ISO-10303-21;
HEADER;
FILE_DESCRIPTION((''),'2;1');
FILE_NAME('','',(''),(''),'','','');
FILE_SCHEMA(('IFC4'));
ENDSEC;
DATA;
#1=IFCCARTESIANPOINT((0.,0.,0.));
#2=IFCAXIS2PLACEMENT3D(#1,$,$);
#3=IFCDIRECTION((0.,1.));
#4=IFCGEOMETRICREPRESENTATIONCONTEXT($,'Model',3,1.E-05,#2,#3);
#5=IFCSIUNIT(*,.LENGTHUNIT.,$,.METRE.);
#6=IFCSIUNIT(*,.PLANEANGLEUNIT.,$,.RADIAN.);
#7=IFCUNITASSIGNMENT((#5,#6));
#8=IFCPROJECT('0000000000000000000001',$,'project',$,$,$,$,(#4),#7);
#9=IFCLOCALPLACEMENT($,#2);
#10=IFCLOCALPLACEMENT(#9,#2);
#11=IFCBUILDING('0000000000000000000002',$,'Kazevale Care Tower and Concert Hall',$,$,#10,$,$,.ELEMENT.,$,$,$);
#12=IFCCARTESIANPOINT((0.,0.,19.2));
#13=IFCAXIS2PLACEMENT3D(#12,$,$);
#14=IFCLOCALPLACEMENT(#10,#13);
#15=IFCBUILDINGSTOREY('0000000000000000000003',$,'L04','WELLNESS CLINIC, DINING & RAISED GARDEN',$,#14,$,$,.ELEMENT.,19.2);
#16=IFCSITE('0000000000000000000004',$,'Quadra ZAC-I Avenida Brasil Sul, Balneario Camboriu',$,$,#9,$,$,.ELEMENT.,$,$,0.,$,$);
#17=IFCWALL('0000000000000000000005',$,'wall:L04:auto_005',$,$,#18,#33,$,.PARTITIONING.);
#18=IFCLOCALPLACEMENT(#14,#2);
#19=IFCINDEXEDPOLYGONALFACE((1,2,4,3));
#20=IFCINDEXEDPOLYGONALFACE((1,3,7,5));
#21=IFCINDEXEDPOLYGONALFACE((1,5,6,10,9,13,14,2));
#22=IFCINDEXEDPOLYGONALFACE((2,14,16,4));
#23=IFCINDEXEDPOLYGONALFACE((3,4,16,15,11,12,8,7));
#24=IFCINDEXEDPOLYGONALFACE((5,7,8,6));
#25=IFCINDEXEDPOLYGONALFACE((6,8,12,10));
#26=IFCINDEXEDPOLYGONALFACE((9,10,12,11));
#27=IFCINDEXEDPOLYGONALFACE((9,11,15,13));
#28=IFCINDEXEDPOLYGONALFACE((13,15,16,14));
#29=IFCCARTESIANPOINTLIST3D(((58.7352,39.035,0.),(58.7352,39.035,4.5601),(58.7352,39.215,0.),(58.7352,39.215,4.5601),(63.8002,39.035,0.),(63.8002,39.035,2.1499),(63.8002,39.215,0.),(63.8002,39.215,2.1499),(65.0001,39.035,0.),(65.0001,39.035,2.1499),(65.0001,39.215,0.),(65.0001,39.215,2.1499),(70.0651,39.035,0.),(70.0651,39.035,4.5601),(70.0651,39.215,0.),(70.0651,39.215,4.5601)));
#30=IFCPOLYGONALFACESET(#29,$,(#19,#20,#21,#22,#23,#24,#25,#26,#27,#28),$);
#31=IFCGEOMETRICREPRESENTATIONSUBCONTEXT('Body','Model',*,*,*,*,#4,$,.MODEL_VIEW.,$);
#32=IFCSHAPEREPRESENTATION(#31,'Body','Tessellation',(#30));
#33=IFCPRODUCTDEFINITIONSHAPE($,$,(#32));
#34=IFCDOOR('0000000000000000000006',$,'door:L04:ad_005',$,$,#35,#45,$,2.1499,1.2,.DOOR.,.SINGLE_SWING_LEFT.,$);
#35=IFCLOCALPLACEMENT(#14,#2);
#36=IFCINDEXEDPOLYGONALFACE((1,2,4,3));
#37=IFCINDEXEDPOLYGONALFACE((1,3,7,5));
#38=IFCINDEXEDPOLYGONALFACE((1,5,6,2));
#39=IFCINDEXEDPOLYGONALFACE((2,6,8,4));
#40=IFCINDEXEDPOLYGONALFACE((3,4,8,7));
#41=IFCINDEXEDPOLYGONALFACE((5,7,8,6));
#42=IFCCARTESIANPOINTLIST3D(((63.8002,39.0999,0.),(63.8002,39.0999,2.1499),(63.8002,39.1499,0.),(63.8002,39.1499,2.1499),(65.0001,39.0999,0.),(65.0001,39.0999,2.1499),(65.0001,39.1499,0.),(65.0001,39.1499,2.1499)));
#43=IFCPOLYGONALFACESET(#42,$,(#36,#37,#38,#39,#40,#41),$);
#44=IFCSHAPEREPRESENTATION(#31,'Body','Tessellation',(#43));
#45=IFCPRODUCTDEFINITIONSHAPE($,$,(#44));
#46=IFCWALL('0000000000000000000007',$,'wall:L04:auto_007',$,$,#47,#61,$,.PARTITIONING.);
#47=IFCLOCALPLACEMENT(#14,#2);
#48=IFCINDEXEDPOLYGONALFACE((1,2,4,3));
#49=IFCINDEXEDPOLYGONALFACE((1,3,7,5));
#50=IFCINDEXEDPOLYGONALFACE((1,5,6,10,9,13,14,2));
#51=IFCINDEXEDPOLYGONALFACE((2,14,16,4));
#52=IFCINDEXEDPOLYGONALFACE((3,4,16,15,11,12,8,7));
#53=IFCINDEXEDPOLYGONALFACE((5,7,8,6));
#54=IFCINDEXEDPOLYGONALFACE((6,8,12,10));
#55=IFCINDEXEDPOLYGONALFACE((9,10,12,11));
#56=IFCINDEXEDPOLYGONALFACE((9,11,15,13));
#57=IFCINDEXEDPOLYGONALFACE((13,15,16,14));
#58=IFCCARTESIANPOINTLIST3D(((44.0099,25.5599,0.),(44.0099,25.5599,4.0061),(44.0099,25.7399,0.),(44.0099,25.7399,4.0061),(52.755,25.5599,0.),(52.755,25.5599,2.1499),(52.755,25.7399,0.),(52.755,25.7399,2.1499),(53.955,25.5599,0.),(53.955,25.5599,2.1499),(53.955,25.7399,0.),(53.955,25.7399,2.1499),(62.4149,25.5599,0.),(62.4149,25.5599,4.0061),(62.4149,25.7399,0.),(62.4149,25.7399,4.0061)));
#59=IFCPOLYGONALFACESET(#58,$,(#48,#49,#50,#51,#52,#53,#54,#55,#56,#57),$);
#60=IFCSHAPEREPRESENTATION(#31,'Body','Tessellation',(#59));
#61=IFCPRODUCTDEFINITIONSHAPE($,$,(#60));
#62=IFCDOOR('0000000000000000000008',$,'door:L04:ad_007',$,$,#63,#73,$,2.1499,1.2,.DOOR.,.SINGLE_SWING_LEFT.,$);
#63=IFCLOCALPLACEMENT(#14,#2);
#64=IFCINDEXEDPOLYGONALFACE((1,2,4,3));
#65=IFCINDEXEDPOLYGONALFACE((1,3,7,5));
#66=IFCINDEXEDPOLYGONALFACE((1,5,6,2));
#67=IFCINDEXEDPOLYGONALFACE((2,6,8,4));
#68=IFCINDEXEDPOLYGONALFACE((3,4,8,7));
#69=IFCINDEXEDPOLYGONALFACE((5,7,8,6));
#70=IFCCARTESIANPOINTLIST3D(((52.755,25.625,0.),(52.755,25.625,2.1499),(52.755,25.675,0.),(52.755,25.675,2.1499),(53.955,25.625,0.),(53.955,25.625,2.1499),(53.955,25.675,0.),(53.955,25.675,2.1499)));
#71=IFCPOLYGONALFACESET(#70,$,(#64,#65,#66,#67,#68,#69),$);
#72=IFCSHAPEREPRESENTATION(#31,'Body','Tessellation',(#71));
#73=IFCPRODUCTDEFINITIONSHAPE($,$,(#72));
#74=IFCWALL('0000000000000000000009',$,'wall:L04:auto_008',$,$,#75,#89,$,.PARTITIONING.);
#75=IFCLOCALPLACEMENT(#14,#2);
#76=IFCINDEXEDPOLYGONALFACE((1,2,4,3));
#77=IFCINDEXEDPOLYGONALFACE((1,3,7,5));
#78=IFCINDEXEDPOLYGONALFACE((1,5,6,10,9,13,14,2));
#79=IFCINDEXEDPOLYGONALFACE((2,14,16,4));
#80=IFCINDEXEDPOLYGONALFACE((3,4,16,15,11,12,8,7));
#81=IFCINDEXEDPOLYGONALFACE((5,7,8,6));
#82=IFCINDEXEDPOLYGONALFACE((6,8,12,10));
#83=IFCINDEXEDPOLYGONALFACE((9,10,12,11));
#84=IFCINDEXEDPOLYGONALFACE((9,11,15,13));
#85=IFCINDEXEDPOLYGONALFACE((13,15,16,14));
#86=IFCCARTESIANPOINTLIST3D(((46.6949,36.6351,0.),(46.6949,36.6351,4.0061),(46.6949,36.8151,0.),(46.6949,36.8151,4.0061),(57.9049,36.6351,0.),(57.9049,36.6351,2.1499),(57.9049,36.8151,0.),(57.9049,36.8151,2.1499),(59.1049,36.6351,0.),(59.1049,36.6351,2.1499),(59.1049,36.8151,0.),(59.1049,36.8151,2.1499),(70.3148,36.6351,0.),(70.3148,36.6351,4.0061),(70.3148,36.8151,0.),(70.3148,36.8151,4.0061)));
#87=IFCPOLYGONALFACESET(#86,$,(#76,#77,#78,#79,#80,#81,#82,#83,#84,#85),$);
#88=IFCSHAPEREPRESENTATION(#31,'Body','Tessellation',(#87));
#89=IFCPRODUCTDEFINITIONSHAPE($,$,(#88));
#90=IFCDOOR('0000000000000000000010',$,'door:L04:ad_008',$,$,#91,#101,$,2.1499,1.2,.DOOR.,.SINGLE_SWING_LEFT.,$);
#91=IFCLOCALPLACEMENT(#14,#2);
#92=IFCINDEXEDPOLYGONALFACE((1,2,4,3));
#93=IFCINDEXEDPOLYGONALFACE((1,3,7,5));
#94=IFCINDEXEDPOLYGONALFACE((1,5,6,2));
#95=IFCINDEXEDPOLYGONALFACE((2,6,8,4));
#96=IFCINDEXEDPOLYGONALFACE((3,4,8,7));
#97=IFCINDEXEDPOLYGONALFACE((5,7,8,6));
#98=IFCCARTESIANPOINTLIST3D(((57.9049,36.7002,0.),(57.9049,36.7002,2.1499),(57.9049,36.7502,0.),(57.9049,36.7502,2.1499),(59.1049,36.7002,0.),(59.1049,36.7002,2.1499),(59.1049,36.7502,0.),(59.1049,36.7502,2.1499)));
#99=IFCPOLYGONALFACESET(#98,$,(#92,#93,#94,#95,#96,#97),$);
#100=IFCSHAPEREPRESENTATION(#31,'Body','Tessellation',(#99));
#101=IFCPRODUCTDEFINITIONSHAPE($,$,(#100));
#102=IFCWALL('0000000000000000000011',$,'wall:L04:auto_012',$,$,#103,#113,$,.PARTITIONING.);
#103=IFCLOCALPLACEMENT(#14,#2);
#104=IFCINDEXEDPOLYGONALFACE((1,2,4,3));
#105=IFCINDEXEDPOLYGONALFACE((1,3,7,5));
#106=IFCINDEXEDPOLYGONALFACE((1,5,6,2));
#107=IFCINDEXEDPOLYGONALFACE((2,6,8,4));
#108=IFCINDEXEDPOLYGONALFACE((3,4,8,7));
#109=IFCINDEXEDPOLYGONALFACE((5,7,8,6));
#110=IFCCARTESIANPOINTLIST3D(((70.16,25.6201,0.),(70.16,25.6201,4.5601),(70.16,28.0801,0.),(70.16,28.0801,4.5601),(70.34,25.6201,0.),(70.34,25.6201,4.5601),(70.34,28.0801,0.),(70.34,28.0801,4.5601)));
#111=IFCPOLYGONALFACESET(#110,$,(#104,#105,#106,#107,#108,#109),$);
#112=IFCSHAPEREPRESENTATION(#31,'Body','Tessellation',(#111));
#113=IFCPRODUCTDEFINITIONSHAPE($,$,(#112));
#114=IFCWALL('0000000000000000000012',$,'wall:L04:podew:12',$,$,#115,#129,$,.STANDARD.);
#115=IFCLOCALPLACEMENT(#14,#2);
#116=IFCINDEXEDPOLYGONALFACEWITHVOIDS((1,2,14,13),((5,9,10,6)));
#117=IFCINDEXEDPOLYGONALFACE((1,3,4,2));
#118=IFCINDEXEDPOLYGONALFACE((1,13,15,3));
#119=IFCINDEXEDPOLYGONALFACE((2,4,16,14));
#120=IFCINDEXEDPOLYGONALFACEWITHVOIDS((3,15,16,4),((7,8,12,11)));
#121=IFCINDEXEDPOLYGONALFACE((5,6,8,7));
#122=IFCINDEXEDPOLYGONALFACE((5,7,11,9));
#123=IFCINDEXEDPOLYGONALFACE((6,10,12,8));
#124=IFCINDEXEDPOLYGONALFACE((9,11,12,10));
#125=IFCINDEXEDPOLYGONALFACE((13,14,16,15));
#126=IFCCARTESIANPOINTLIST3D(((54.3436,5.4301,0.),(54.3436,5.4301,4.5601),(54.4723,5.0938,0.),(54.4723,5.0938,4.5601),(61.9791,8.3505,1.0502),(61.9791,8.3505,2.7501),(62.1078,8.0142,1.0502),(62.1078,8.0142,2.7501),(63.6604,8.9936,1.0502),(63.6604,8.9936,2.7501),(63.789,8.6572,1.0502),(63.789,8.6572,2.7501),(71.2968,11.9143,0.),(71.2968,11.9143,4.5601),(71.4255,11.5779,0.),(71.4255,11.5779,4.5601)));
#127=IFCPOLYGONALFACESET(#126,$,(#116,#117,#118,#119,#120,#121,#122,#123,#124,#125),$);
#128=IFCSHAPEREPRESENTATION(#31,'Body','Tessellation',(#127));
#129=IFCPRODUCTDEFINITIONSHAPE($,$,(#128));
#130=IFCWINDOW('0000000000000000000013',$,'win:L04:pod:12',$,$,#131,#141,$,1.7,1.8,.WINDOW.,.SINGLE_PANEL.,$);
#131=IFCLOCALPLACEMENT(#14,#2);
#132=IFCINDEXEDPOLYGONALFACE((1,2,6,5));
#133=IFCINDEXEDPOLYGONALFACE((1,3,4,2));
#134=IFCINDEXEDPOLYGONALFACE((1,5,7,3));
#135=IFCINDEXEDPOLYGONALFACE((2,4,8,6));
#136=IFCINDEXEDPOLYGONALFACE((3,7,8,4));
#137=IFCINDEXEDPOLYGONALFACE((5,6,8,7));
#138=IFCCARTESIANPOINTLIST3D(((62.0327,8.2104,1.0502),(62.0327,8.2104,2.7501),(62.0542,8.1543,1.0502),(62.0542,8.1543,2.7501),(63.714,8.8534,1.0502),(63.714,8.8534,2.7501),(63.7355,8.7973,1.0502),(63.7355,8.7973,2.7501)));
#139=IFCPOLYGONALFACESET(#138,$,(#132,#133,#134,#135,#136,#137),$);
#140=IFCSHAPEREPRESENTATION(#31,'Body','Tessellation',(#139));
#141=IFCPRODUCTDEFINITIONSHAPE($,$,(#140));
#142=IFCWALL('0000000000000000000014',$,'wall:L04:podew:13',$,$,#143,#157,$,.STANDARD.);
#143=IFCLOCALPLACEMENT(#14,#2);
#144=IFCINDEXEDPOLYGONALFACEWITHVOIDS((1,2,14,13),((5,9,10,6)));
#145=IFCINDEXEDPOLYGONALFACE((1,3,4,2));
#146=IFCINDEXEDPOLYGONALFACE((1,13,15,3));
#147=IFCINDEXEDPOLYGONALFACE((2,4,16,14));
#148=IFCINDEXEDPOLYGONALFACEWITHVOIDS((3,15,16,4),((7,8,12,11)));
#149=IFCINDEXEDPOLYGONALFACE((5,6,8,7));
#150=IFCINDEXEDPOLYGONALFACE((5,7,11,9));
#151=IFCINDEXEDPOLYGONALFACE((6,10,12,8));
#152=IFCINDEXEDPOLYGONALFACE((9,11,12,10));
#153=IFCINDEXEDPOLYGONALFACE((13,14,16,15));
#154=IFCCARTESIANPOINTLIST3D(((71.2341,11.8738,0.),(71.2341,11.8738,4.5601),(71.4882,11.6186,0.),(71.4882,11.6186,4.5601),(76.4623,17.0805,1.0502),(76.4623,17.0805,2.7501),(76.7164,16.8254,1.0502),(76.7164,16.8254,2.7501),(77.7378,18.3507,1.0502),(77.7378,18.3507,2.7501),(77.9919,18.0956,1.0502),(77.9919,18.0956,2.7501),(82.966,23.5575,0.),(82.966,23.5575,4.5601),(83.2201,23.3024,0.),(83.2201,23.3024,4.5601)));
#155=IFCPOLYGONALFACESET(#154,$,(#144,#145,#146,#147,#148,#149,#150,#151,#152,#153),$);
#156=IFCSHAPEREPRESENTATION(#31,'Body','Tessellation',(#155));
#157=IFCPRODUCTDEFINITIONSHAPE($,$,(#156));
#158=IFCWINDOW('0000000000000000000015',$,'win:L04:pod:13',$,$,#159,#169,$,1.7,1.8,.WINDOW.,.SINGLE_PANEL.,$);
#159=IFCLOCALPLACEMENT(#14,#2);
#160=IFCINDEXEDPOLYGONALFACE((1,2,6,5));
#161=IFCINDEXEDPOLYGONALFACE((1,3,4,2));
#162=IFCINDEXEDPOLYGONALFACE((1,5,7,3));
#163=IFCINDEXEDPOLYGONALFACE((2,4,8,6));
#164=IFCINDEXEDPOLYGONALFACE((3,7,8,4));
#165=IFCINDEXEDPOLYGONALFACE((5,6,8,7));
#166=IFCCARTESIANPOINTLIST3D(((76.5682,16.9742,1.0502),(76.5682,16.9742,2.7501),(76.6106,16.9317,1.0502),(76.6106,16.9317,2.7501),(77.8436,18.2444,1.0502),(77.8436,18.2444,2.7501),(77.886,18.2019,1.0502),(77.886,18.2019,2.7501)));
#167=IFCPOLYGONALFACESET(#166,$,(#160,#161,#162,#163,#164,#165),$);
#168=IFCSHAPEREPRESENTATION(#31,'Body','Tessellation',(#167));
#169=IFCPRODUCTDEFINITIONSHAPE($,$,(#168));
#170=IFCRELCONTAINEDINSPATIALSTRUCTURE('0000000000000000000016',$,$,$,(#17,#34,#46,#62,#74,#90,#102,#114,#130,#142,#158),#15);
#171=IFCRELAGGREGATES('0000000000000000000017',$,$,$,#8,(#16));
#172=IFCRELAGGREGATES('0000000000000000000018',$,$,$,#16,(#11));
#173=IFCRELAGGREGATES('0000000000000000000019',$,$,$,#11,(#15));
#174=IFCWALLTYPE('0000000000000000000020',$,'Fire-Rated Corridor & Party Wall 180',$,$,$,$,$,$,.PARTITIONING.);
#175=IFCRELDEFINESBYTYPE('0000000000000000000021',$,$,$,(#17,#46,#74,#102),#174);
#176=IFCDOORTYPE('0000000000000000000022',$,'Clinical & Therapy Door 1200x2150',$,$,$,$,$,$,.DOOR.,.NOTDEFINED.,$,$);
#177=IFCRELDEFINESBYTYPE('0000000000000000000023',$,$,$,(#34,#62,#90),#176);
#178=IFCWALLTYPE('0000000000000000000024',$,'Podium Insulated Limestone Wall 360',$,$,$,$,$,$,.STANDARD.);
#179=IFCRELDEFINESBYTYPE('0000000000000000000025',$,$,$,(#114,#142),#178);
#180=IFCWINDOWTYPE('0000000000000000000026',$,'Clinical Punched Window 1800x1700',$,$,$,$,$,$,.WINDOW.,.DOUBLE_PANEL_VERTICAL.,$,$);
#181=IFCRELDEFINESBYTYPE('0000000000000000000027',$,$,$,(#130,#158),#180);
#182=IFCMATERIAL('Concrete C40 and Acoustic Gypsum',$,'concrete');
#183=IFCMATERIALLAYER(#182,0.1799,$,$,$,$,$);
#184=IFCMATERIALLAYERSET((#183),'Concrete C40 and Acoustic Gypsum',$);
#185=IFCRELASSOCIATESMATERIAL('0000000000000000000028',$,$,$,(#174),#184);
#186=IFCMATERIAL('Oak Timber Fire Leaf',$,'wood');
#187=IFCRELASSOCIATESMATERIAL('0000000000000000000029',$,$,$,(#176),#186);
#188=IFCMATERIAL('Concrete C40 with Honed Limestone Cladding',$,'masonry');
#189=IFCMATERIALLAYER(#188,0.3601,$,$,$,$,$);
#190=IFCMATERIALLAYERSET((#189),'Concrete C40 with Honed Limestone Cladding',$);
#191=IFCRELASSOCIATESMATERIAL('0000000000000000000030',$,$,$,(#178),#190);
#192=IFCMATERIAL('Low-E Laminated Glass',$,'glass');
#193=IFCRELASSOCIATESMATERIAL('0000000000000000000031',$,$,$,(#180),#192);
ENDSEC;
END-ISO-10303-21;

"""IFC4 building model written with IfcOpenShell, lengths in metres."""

from ifc_helpers import new_model, si_unit, direction, frame, frame_2d, origin, place, context, subcontext, project, spatial, rectangle, extrude, material, layer, layer_set, type_object, element, fill, save


model = new_model("IFC4")

# Units and contexts
model_context = context("Model", 3, precision=1e-05, world=origin(), true_north=direction((0.0, 1.0)))
body_context = subcontext(model_context, "Body", "Model", "MODEL_VIEW")
ifc_project = project(units=[si_unit("LENGTHUNIT", "METRE"), si_unit("PLANEANGLEUNIT", "RADIAN")], contexts=[model_context])

# Site, building, storey
site_placement = place(None, origin())
site = spatial("IfcSite", under=ifc_project, at=site_placement, Name="Quadra ZAC-I Avenida Brasil Sul, Balneario Camboriu", CompositionType="ELEMENT", RefElevation=0.0)
building_placement = place(site_placement, origin())
building = spatial("IfcBuilding", under=site, at=building_placement, Name="Kazevale Care Tower and Concert Hall", CompositionType="ELEMENT")
storey_placement = place(building_placement, frame((0.0, 0.0, 19.2)))
storey = spatial("IfcBuildingStorey", under=building, at=storey_placement, Name="L04", Description="WELLNESS CLINIC, DINING & RAISED GARDEN", CompositionType="ELEMENT", Elevation=19.2)

# Walls, openings, doors
ifc_material_1 = material(Name="Concrete C40 and Acoustic Gypsum", Category="concrete")
ifc_layer_1 = layer(ifc_material_1, 0.1799)
ifc_layer_set_1 = layer_set([ifc_layer_1], Name="Concrete C40 and Acoustic Gypsum")
wall_type_1 = type_object("IfcWallType", Name="Fire-Rated Corridor & Party Wall 180", PredefinedType="PARTITIONING", material=ifc_layer_set_1)
wall_1_placement = place(storey_placement, frame((58.7351, 39.125, 0.0), z_axis=(0.0, 0.0, 1.0), x_axis=(1.0, 0.0, 0.0)))
wall_1 = element("IfcWall", 1, at=wall_1_placement, inside=storey, type_object=wall_type_1, Name="wall:L04:auto_005", PredefinedType="PARTITIONING", context=body_context, shape_type="SweptSolid", body=[
    extrude(rectangle(XDim=11.3298, YDim=0.1799, at=frame_2d((5.665, 0.0))), origin(), (0.0, 0.0, 1.0), 4.5601),
])
opening_1_placement = place(wall_1_placement, frame((5.0649, 0.0, 0.0)))
opening_1 = element("IfcOpeningElement", 2, at=opening_1_placement, cuts=wall_1, PredefinedType="OPENING", context=body_context, shape_type="SweptSolid", body=[
    extrude(rectangle(XDim=1.2, YDim=2.1499, at=frame_2d((0.6001, 1.075))), frame((0.0, 0.0999, 0.0), z_axis=(0.0, -1.0, 0.0), x_axis=(1.0, 0.0, 0.0)), (0.0, 0.0, 1.0), 0.2),
])
ifc_material_2 = material(Name="Oak Timber Fire Leaf", Category="wood")
door_type_1 = type_object("IfcDoorType", Name="Clinical & Therapy Door 1200x2150", OperationType="NOTDEFINED", PredefinedType="DOOR", material=ifc_material_2)
door_1_placement = place(opening_1_placement, origin())
door_1 = element("IfcDoor", 3, at=door_1_placement, inside=storey, type_object=door_type_1, Name="door:L04:ad_005", OperationType="SINGLE_SWING_LEFT", OverallHeight=2.1499, OverallWidth=1.2, PredefinedType="DOOR", context=body_context, shape_type="SweptSolid", body=[
    extrude(rectangle(XDim=1.2, YDim=2.1499, at=frame_2d((0.6001, 1.075))), frame((0.0, 0.0249, 0.0), z_axis=(0.0, -1.0, 0.0), x_axis=(1.0, 0.0, 0.0)), (0.0, 0.0, 1.0), 0.05),
])
fill(opening_1, door_1)
wall_2_placement = place(storey_placement, frame((62.415, 25.6499, 0.0), z_axis=(0.0, 0.0, 1.0), x_axis=(-1.0, 0.0, 0.0)))
wall_2 = element("IfcWall", 4, at=wall_2_placement, inside=storey, type_object=wall_type_1, Name="wall:L04:auto_007", PredefinedType="PARTITIONING", context=body_context, shape_type="SweptSolid", body=[
    extrude(rectangle(XDim=18.405, YDim=0.1799, at=frame_2d((9.2026, 0.0))), origin(), (0.0, 0.0, 1.0), 4.0061),
])
opening_2_placement = place(wall_2_placement, frame((8.46, 0.0, 0.0)))
opening_2 = element("IfcOpeningElement", 5, at=opening_2_placement, cuts=wall_2, PredefinedType="OPENING", context=body_context, shape_type="SweptSolid", body=[
    extrude(rectangle(XDim=1.2, YDim=2.1499, at=frame_2d((0.6001, 1.075))), frame((0.0, 0.0999, 0.0), z_axis=(0.0, -1.0, 0.0), x_axis=(1.0, 0.0, 0.0)), (0.0, 0.0, 1.0), 0.2),
])
door_2_placement = place(opening_2_placement, origin())
door_2 = element("IfcDoor", 6, at=door_2_placement, inside=storey, type_object=door_type_1, Name="door:L04:ad_007", OperationType="SINGLE_SWING_LEFT", OverallHeight=2.1499, OverallWidth=1.2, PredefinedType="DOOR", context=body_context, shape_type="SweptSolid", body=[
    extrude(rectangle(XDim=1.2, YDim=2.1499, at=frame_2d((0.6001, 1.075))), frame((0.0, 0.0249, 0.0), z_axis=(0.0, -1.0, 0.0), x_axis=(1.0, 0.0, 0.0)), (0.0, 0.0, 1.0), 0.05),
])
fill(opening_2, door_2)
wall_3_placement = place(storey_placement, frame((70.3149, 36.7251, 0.0), z_axis=(0.0, 0.0, 1.0), x_axis=(-1.0, 0.0, 0.0)))
wall_3 = element("IfcWall", 7, at=wall_3_placement, inside=storey, type_object=wall_type_1, Name="wall:L04:auto_008", PredefinedType="PARTITIONING", context=body_context, shape_type="SweptSolid", body=[
    extrude(rectangle(XDim=23.6199, YDim=0.1799, at=frame_2d((11.8101, 0.0))), origin(), (0.0, 0.0, 1.0), 4.0061),
])
opening_3_placement = place(wall_3_placement, frame((11.21, 0.0, 0.0)))
opening_3 = element("IfcOpeningElement", 8, at=opening_3_placement, cuts=wall_3, PredefinedType="OPENING", context=body_context, shape_type="SweptSolid", body=[
    extrude(rectangle(XDim=1.2, YDim=2.1499, at=frame_2d((0.6001, 1.075))), frame((0.0, 0.0999, 0.0), z_axis=(0.0, -1.0, 0.0), x_axis=(1.0, 0.0, 0.0)), (0.0, 0.0, 1.0), 0.2),
])
door_3_placement = place(opening_3_placement, origin())
door_3 = element("IfcDoor", 9, at=door_3_placement, inside=storey, type_object=door_type_1, Name="door:L04:ad_008", OperationType="SINGLE_SWING_LEFT", OverallHeight=2.1499, OverallWidth=1.2, PredefinedType="DOOR", context=body_context, shape_type="SweptSolid", body=[
    extrude(rectangle(XDim=1.2, YDim=2.1499, at=frame_2d((0.6001, 1.075))), frame((0.0, 0.0249, 0.0), z_axis=(0.0, -1.0, 0.0), x_axis=(1.0, 0.0, 0.0)), (0.0, 0.0, 1.0), 0.05),
])
fill(opening_3, door_3)

# Wall
wall_4_placement = place(storey_placement, frame((70.25, 28.0801, 0.0), z_axis=(0.0, 0.0, 1.0), x_axis=(0.0, -1.0, 0.0)))
element("IfcWall", 10, at=wall_4_placement, inside=storey, type_object=wall_type_1, Name="wall:L04:auto_012", PredefinedType="PARTITIONING", context=body_context, shape_type="SweptSolid", body=[
    extrude(rectangle(XDim=2.46, YDim=0.1799, at=frame_2d((1.23, 0.0))), origin(), (0.0, 0.0, 1.0), 4.5601),
])

# Walls, openings, windows
ifc_material_3 = material(Name="Concrete C40 with Honed Limestone Cladding", Category="masonry")
ifc_layer_2 = layer(ifc_material_3, 0.3601)
ifc_layer_set_2 = layer_set([ifc_layer_2], Name="Concrete C40 with Honed Limestone Cladding")
wall_type_2 = type_object("IfcWallType", Name="Podium Insulated Limestone Wall 360", PredefinedType="STANDARD", material=ifc_layer_set_2)
wall_5_placement = place(storey_placement, frame((54.408, 5.262, 0.0), z_axis=(0.0, 0.0, 1.0), x_axis=(0.934014, 0.357236, 0.0)))
wall_5 = element("IfcWall", 11, at=wall_5_placement, inside=storey, type_object=wall_type_2, Name="wall:L04:podew:12", PredefinedType="STANDARD", context=body_context, shape_type="SweptSolid", body=[
    extrude(rectangle(XDim=18.1509, YDim=0.3601, at=frame_2d((9.0754, 0.0))), origin(), (0.0, 0.0, 1.0), 4.5601),
])
opening_4_placement = place(wall_5_placement, frame((8.175, 0.0, 1.05)))
opening_4 = element("IfcOpeningElement", 12, at=opening_4_placement, cuts=wall_5, PredefinedType="OPENING", context=body_context, shape_type="SweptSolid", body=[
    extrude(rectangle(XDim=1.8, YDim=1.7, at=frame_2d((0.8999, 0.8501))), frame((0.0, 0.1899, 0.0), z_axis=(0.0, -1.0, 0.0), x_axis=(1.0, 0.0, 0.0)), (0.0, 0.0, 1.0), 0.3801),
])
ifc_material_4 = material(Name="Low-E Laminated Glass", Category="glass")
window_type = type_object("IfcWindowType", Name="Clinical Punched Window 1800x1700", PartitioningType="DOUBLE_PANEL_VERTICAL", PredefinedType="WINDOW", material=ifc_material_4)
window_1_placement = place(opening_4_placement, origin())
window_1 = element("IfcWindow", 13, at=window_1_placement, inside=storey, type_object=window_type, Name="win:L04:pod:12", OverallHeight=1.7, OverallWidth=1.8, PartitioningType="SINGLE_PANEL", PredefinedType="WINDOW", context=body_context, shape_type="SweptSolid", body=[
    extrude(rectangle(XDim=1.8, YDim=1.7, at=frame_2d((0.8999, 0.8501))), frame((0.0, 0.03, 0.0), z_axis=(0.0, -1.0, 0.0), x_axis=(1.0, 0.0, 0.0)), (0.0, 0.0, 1.0), 0.0601),
])
fill(opening_4, window_1)
wall_6_placement = place(storey_placement, frame((71.3611, 11.7461, 0.0), z_axis=(0.0, 0.0, 1.0), x_axis=(0.708558, 0.705653, 0.0)))
wall_6 = element("IfcWall", 14, at=wall_6_placement, inside=storey, type_object=wall_type_2, Name="wall:L04:podew:13", PredefinedType="STANDARD", context=body_context, shape_type="SweptSolid", body=[
    extrude(rectangle(XDim=16.5574, YDim=0.3601, at=frame_2d((8.2788, 0.0))), origin(), (0.0, 0.0, 1.0), 4.5601),
])
opening_5_placement = place(wall_6_placement, frame((7.3789, 0.0, 1.05)))
opening_5 = element("IfcOpeningElement", 15, at=opening_5_placement, cuts=wall_6, PredefinedType="OPENING", context=body_context, shape_type="SweptSolid", body=[
    extrude(rectangle(XDim=1.8, YDim=1.7, at=frame_2d((0.8999, 0.8501))), frame((0.0, 0.1899, 0.0), z_axis=(0.0, -1.0, 0.0), x_axis=(1.0, 0.0, 0.0)), (0.0, 0.0, 1.0), 0.3801),
])
window_2_placement = place(opening_5_placement, origin())
window_2 = element("IfcWindow", 16, at=window_2_placement, inside=storey, type_object=window_type, Name="win:L04:pod:13", OverallHeight=1.7, OverallWidth=1.8, PartitioningType="SINGLE_PANEL", PredefinedType="WINDOW", context=body_context, shape_type="SweptSolid", body=[
    extrude(rectangle(XDim=1.8, YDim=1.7, at=frame_2d((0.8999, 0.8501))), frame((0.0, 0.03, 0.0), z_axis=(0.0, -1.0, 0.0), x_axis=(1.0, 0.0, 0.0)), (0.0, 0.0, 1.0), 0.0601),
])
fill(opening_5, window_2)

save(model, "model.ifc")
